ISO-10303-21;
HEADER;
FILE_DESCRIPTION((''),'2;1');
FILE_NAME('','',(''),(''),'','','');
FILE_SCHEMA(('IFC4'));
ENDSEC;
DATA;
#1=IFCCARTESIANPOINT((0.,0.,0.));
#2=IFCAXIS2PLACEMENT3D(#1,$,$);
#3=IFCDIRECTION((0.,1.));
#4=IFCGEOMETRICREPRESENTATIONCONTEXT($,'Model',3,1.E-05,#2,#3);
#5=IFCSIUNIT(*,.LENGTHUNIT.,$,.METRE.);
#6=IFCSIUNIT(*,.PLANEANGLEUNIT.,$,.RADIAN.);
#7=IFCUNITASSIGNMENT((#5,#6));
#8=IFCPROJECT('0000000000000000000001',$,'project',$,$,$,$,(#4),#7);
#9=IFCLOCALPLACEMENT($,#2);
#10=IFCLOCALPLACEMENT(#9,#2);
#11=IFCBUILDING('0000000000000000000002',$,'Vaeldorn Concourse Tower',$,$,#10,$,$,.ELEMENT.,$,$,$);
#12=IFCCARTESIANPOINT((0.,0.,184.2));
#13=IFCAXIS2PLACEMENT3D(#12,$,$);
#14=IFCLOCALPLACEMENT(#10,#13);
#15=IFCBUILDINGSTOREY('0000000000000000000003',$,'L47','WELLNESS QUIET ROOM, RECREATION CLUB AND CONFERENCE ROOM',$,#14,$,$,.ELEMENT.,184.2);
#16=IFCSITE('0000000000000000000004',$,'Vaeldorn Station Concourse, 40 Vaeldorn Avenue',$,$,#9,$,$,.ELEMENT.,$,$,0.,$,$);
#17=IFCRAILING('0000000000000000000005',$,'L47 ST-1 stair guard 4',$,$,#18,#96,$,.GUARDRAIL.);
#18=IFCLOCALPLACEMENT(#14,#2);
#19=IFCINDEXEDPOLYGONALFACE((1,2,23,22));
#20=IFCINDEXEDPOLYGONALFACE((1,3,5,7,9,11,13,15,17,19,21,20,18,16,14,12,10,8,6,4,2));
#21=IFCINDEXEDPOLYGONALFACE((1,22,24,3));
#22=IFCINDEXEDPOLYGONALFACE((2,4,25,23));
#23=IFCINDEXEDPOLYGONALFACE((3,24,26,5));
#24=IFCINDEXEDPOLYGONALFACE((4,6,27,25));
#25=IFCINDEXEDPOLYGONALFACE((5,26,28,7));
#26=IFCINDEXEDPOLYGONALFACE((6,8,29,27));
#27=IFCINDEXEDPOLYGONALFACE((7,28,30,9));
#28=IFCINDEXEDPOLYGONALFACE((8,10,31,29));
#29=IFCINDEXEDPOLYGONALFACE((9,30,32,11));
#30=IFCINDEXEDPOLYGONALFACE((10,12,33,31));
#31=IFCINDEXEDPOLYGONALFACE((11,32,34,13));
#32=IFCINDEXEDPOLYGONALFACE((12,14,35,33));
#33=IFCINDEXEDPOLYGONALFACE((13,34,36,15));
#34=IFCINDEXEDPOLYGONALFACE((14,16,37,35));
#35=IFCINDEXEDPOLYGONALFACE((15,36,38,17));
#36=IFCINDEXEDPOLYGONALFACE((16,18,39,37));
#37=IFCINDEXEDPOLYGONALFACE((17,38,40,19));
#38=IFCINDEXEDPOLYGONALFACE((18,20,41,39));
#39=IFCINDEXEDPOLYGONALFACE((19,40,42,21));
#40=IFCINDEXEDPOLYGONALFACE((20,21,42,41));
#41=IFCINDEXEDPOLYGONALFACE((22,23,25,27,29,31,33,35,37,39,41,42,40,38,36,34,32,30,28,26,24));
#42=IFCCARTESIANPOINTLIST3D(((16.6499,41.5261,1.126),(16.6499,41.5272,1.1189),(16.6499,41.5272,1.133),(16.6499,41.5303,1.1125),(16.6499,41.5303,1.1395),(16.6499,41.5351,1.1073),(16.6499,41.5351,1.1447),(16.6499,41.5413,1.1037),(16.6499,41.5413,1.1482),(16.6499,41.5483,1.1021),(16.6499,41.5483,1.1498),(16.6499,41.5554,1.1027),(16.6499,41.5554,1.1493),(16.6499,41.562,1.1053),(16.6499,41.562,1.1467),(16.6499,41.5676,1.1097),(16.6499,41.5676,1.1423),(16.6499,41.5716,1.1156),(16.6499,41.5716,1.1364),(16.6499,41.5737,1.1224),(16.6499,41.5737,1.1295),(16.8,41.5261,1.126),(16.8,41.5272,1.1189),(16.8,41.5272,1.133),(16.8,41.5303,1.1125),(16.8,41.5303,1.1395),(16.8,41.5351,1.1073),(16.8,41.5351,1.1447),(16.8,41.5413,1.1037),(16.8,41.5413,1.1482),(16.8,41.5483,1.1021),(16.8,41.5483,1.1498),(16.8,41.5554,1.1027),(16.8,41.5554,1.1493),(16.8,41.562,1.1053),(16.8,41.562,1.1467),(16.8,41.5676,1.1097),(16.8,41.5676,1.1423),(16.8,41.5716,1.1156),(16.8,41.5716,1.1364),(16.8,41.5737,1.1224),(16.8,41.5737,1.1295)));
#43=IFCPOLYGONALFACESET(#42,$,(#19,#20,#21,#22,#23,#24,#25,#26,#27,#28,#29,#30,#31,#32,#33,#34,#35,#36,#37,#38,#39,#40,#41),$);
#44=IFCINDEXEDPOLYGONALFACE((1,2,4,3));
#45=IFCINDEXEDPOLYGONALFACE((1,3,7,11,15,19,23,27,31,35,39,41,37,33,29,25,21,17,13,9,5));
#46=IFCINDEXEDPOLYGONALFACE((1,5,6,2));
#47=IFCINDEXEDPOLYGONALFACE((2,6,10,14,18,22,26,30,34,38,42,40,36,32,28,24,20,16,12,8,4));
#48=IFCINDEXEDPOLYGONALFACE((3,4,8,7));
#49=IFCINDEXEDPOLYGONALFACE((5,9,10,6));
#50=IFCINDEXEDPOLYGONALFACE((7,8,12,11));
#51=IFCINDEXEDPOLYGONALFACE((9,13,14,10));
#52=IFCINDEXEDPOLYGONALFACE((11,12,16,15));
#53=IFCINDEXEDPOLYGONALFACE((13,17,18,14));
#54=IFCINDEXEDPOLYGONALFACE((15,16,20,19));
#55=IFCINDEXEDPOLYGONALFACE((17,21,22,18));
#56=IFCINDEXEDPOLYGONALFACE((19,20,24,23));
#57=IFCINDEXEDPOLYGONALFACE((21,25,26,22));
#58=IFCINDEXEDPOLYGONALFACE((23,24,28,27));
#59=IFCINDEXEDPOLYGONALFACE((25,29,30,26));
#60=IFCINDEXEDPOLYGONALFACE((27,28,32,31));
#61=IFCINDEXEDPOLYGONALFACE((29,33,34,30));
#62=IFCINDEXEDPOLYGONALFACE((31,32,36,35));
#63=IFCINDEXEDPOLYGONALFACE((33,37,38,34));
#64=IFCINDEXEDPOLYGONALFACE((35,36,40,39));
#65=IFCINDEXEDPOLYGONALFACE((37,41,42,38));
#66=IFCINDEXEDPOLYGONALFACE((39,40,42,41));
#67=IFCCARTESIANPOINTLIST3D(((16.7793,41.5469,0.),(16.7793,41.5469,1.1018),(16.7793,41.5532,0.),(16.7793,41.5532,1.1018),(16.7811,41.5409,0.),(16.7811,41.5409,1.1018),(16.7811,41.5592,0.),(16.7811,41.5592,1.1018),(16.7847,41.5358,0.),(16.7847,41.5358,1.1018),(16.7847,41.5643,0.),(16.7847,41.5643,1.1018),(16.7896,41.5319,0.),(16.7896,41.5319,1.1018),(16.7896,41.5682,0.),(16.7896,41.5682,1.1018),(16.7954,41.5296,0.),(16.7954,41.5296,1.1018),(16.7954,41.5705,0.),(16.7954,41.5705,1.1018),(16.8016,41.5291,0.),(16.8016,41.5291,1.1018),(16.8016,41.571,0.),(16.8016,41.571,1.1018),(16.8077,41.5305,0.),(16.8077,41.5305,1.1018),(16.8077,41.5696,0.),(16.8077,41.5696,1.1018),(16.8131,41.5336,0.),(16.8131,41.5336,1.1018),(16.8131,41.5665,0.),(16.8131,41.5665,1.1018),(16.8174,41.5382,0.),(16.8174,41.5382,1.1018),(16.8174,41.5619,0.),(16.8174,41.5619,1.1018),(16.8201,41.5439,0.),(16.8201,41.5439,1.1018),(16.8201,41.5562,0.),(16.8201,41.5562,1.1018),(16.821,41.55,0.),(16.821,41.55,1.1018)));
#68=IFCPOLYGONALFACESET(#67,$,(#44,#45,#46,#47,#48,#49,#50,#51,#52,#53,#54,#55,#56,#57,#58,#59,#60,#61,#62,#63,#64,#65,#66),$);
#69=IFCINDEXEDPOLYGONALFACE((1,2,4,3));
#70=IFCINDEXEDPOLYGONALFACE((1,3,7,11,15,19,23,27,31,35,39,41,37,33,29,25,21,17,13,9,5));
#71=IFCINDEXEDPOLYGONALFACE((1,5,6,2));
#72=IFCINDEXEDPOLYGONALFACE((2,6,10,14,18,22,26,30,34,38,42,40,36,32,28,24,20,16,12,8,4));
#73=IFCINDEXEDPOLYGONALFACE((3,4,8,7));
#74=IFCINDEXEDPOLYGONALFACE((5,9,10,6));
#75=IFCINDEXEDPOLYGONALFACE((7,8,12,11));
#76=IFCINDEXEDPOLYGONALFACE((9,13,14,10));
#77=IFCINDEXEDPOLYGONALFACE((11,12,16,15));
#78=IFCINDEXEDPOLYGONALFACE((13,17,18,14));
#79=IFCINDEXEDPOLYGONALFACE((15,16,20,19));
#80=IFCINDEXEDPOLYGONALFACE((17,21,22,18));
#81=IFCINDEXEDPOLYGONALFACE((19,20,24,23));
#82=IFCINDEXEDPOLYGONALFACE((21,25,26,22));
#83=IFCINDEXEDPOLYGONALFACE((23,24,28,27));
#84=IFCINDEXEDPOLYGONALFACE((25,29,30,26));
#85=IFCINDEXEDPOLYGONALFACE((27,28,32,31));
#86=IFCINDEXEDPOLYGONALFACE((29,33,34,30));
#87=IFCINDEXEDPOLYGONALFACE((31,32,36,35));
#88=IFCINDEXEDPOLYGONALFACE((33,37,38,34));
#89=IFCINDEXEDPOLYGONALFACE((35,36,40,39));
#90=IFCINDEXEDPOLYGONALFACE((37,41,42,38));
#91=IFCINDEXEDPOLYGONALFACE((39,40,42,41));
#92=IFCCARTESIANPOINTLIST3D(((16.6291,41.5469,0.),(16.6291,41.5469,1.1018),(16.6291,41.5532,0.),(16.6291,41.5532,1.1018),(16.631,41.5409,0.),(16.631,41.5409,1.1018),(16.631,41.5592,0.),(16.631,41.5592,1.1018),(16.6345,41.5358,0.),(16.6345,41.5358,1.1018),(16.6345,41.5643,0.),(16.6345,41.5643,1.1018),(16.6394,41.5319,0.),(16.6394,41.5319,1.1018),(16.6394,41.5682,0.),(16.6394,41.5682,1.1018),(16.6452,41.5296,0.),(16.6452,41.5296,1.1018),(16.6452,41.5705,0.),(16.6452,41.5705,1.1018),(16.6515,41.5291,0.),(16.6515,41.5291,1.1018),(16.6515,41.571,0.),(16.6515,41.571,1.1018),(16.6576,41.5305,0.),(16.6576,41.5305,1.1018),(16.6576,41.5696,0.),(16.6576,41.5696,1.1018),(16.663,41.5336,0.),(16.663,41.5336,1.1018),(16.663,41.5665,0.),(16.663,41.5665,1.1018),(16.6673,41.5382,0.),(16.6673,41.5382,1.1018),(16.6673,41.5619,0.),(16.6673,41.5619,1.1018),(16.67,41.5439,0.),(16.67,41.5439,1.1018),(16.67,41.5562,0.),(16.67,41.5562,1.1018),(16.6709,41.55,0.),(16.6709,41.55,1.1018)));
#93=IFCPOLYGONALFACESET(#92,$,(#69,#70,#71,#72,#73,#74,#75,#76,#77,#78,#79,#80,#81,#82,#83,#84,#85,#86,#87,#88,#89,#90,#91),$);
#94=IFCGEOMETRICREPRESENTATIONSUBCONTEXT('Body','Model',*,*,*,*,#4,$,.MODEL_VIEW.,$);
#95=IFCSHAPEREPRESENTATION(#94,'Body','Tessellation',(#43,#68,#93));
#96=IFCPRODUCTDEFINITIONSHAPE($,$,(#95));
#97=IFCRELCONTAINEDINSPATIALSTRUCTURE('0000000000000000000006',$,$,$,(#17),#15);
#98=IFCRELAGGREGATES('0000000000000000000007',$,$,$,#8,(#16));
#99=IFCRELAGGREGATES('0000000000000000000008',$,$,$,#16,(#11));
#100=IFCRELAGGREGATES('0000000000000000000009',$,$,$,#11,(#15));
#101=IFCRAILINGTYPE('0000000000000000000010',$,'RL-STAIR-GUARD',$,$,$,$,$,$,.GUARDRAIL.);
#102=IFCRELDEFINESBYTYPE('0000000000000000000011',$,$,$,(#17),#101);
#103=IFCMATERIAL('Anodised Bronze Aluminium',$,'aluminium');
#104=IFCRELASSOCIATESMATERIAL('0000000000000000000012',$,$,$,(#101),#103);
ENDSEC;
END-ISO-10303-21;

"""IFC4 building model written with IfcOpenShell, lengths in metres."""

from ifc_helpers import new_model, si_unit, direction, frame, origin, origin_2d, place, context, subcontext, project, spatial, circle, extrude, material, type_object, element, save


model = new_model("IFC4")

# Units and contexts
model_context = context("Model", 3, precision=1e-05, world=origin(), true_north=direction((0.0, 1.0)))
body_context = subcontext(model_context, "Body", "Model", "MODEL_VIEW")
ifc_project = project(units=[si_unit("LENGTHUNIT", "METRE"), si_unit("PLANEANGLEUNIT", "RADIAN")], contexts=[model_context])

# Site, building, storey
site_placement = place(None, origin())
site = spatial("IfcSite", under=ifc_project, at=site_placement, Name="Vaeldorn Station Concourse, 40 Vaeldorn Avenue", CompositionType="ELEMENT", RefElevation=0.0)
building_placement = place(site_placement, origin())
building = spatial("IfcBuilding", under=site, at=building_placement, Name="Vaeldorn Concourse Tower", CompositionType="ELEMENT")
storey_placement = place(building_placement, frame((0.0, 0.0, 184.2)))
storey = spatial("IfcBuildingStorey", under=building, at=storey_placement, Name="L47", Description="WELLNESS QUIET ROOM, RECREATION CLUB AND CONFERENCE ROOM", CompositionType="ELEMENT", Elevation=184.2)

# Shared definitions
ifc_material_1 = material(Name="Anodised Bronze Aluminium", Category="aluminium")

# Railing
railing_type_1 = type_object("IfcRailingType", Name="RL-STAIR-GUARD", PredefinedType="GUARDRAIL", material=ifc_material_1)
railing_1_placement = place(storey_placement, frame((16.8, 41.55, 0.0)))
element("IfcRailing", 1, at=railing_1_placement, inside=storey, type_object=railing_type_1, Name="L47 ST-1 stair guard 4", PredefinedType="GUARDRAIL", context=body_context, shape_type="SweptSolid", body=[
    extrude(circle(Radius=0.0239, at=origin_2d()), frame((0.0, 0.0, 1.126), z_axis=(-1.0, 0.0, 0.0), x_axis=(0.0, -1.0, 0.0)), (0.0, 0.0, 1.0), 0.1501),
    extrude(circle(Radius=0.021, at=origin_2d()), origin(), (0.0, 0.0, 1.0), 1.1018),
    extrude(circle(Radius=0.021, at=origin_2d()), frame((-0.1501, 0.0, 0.0)), (0.0, 0.0, 1.0), 1.1018),
])

save(model, "model.ifc")
